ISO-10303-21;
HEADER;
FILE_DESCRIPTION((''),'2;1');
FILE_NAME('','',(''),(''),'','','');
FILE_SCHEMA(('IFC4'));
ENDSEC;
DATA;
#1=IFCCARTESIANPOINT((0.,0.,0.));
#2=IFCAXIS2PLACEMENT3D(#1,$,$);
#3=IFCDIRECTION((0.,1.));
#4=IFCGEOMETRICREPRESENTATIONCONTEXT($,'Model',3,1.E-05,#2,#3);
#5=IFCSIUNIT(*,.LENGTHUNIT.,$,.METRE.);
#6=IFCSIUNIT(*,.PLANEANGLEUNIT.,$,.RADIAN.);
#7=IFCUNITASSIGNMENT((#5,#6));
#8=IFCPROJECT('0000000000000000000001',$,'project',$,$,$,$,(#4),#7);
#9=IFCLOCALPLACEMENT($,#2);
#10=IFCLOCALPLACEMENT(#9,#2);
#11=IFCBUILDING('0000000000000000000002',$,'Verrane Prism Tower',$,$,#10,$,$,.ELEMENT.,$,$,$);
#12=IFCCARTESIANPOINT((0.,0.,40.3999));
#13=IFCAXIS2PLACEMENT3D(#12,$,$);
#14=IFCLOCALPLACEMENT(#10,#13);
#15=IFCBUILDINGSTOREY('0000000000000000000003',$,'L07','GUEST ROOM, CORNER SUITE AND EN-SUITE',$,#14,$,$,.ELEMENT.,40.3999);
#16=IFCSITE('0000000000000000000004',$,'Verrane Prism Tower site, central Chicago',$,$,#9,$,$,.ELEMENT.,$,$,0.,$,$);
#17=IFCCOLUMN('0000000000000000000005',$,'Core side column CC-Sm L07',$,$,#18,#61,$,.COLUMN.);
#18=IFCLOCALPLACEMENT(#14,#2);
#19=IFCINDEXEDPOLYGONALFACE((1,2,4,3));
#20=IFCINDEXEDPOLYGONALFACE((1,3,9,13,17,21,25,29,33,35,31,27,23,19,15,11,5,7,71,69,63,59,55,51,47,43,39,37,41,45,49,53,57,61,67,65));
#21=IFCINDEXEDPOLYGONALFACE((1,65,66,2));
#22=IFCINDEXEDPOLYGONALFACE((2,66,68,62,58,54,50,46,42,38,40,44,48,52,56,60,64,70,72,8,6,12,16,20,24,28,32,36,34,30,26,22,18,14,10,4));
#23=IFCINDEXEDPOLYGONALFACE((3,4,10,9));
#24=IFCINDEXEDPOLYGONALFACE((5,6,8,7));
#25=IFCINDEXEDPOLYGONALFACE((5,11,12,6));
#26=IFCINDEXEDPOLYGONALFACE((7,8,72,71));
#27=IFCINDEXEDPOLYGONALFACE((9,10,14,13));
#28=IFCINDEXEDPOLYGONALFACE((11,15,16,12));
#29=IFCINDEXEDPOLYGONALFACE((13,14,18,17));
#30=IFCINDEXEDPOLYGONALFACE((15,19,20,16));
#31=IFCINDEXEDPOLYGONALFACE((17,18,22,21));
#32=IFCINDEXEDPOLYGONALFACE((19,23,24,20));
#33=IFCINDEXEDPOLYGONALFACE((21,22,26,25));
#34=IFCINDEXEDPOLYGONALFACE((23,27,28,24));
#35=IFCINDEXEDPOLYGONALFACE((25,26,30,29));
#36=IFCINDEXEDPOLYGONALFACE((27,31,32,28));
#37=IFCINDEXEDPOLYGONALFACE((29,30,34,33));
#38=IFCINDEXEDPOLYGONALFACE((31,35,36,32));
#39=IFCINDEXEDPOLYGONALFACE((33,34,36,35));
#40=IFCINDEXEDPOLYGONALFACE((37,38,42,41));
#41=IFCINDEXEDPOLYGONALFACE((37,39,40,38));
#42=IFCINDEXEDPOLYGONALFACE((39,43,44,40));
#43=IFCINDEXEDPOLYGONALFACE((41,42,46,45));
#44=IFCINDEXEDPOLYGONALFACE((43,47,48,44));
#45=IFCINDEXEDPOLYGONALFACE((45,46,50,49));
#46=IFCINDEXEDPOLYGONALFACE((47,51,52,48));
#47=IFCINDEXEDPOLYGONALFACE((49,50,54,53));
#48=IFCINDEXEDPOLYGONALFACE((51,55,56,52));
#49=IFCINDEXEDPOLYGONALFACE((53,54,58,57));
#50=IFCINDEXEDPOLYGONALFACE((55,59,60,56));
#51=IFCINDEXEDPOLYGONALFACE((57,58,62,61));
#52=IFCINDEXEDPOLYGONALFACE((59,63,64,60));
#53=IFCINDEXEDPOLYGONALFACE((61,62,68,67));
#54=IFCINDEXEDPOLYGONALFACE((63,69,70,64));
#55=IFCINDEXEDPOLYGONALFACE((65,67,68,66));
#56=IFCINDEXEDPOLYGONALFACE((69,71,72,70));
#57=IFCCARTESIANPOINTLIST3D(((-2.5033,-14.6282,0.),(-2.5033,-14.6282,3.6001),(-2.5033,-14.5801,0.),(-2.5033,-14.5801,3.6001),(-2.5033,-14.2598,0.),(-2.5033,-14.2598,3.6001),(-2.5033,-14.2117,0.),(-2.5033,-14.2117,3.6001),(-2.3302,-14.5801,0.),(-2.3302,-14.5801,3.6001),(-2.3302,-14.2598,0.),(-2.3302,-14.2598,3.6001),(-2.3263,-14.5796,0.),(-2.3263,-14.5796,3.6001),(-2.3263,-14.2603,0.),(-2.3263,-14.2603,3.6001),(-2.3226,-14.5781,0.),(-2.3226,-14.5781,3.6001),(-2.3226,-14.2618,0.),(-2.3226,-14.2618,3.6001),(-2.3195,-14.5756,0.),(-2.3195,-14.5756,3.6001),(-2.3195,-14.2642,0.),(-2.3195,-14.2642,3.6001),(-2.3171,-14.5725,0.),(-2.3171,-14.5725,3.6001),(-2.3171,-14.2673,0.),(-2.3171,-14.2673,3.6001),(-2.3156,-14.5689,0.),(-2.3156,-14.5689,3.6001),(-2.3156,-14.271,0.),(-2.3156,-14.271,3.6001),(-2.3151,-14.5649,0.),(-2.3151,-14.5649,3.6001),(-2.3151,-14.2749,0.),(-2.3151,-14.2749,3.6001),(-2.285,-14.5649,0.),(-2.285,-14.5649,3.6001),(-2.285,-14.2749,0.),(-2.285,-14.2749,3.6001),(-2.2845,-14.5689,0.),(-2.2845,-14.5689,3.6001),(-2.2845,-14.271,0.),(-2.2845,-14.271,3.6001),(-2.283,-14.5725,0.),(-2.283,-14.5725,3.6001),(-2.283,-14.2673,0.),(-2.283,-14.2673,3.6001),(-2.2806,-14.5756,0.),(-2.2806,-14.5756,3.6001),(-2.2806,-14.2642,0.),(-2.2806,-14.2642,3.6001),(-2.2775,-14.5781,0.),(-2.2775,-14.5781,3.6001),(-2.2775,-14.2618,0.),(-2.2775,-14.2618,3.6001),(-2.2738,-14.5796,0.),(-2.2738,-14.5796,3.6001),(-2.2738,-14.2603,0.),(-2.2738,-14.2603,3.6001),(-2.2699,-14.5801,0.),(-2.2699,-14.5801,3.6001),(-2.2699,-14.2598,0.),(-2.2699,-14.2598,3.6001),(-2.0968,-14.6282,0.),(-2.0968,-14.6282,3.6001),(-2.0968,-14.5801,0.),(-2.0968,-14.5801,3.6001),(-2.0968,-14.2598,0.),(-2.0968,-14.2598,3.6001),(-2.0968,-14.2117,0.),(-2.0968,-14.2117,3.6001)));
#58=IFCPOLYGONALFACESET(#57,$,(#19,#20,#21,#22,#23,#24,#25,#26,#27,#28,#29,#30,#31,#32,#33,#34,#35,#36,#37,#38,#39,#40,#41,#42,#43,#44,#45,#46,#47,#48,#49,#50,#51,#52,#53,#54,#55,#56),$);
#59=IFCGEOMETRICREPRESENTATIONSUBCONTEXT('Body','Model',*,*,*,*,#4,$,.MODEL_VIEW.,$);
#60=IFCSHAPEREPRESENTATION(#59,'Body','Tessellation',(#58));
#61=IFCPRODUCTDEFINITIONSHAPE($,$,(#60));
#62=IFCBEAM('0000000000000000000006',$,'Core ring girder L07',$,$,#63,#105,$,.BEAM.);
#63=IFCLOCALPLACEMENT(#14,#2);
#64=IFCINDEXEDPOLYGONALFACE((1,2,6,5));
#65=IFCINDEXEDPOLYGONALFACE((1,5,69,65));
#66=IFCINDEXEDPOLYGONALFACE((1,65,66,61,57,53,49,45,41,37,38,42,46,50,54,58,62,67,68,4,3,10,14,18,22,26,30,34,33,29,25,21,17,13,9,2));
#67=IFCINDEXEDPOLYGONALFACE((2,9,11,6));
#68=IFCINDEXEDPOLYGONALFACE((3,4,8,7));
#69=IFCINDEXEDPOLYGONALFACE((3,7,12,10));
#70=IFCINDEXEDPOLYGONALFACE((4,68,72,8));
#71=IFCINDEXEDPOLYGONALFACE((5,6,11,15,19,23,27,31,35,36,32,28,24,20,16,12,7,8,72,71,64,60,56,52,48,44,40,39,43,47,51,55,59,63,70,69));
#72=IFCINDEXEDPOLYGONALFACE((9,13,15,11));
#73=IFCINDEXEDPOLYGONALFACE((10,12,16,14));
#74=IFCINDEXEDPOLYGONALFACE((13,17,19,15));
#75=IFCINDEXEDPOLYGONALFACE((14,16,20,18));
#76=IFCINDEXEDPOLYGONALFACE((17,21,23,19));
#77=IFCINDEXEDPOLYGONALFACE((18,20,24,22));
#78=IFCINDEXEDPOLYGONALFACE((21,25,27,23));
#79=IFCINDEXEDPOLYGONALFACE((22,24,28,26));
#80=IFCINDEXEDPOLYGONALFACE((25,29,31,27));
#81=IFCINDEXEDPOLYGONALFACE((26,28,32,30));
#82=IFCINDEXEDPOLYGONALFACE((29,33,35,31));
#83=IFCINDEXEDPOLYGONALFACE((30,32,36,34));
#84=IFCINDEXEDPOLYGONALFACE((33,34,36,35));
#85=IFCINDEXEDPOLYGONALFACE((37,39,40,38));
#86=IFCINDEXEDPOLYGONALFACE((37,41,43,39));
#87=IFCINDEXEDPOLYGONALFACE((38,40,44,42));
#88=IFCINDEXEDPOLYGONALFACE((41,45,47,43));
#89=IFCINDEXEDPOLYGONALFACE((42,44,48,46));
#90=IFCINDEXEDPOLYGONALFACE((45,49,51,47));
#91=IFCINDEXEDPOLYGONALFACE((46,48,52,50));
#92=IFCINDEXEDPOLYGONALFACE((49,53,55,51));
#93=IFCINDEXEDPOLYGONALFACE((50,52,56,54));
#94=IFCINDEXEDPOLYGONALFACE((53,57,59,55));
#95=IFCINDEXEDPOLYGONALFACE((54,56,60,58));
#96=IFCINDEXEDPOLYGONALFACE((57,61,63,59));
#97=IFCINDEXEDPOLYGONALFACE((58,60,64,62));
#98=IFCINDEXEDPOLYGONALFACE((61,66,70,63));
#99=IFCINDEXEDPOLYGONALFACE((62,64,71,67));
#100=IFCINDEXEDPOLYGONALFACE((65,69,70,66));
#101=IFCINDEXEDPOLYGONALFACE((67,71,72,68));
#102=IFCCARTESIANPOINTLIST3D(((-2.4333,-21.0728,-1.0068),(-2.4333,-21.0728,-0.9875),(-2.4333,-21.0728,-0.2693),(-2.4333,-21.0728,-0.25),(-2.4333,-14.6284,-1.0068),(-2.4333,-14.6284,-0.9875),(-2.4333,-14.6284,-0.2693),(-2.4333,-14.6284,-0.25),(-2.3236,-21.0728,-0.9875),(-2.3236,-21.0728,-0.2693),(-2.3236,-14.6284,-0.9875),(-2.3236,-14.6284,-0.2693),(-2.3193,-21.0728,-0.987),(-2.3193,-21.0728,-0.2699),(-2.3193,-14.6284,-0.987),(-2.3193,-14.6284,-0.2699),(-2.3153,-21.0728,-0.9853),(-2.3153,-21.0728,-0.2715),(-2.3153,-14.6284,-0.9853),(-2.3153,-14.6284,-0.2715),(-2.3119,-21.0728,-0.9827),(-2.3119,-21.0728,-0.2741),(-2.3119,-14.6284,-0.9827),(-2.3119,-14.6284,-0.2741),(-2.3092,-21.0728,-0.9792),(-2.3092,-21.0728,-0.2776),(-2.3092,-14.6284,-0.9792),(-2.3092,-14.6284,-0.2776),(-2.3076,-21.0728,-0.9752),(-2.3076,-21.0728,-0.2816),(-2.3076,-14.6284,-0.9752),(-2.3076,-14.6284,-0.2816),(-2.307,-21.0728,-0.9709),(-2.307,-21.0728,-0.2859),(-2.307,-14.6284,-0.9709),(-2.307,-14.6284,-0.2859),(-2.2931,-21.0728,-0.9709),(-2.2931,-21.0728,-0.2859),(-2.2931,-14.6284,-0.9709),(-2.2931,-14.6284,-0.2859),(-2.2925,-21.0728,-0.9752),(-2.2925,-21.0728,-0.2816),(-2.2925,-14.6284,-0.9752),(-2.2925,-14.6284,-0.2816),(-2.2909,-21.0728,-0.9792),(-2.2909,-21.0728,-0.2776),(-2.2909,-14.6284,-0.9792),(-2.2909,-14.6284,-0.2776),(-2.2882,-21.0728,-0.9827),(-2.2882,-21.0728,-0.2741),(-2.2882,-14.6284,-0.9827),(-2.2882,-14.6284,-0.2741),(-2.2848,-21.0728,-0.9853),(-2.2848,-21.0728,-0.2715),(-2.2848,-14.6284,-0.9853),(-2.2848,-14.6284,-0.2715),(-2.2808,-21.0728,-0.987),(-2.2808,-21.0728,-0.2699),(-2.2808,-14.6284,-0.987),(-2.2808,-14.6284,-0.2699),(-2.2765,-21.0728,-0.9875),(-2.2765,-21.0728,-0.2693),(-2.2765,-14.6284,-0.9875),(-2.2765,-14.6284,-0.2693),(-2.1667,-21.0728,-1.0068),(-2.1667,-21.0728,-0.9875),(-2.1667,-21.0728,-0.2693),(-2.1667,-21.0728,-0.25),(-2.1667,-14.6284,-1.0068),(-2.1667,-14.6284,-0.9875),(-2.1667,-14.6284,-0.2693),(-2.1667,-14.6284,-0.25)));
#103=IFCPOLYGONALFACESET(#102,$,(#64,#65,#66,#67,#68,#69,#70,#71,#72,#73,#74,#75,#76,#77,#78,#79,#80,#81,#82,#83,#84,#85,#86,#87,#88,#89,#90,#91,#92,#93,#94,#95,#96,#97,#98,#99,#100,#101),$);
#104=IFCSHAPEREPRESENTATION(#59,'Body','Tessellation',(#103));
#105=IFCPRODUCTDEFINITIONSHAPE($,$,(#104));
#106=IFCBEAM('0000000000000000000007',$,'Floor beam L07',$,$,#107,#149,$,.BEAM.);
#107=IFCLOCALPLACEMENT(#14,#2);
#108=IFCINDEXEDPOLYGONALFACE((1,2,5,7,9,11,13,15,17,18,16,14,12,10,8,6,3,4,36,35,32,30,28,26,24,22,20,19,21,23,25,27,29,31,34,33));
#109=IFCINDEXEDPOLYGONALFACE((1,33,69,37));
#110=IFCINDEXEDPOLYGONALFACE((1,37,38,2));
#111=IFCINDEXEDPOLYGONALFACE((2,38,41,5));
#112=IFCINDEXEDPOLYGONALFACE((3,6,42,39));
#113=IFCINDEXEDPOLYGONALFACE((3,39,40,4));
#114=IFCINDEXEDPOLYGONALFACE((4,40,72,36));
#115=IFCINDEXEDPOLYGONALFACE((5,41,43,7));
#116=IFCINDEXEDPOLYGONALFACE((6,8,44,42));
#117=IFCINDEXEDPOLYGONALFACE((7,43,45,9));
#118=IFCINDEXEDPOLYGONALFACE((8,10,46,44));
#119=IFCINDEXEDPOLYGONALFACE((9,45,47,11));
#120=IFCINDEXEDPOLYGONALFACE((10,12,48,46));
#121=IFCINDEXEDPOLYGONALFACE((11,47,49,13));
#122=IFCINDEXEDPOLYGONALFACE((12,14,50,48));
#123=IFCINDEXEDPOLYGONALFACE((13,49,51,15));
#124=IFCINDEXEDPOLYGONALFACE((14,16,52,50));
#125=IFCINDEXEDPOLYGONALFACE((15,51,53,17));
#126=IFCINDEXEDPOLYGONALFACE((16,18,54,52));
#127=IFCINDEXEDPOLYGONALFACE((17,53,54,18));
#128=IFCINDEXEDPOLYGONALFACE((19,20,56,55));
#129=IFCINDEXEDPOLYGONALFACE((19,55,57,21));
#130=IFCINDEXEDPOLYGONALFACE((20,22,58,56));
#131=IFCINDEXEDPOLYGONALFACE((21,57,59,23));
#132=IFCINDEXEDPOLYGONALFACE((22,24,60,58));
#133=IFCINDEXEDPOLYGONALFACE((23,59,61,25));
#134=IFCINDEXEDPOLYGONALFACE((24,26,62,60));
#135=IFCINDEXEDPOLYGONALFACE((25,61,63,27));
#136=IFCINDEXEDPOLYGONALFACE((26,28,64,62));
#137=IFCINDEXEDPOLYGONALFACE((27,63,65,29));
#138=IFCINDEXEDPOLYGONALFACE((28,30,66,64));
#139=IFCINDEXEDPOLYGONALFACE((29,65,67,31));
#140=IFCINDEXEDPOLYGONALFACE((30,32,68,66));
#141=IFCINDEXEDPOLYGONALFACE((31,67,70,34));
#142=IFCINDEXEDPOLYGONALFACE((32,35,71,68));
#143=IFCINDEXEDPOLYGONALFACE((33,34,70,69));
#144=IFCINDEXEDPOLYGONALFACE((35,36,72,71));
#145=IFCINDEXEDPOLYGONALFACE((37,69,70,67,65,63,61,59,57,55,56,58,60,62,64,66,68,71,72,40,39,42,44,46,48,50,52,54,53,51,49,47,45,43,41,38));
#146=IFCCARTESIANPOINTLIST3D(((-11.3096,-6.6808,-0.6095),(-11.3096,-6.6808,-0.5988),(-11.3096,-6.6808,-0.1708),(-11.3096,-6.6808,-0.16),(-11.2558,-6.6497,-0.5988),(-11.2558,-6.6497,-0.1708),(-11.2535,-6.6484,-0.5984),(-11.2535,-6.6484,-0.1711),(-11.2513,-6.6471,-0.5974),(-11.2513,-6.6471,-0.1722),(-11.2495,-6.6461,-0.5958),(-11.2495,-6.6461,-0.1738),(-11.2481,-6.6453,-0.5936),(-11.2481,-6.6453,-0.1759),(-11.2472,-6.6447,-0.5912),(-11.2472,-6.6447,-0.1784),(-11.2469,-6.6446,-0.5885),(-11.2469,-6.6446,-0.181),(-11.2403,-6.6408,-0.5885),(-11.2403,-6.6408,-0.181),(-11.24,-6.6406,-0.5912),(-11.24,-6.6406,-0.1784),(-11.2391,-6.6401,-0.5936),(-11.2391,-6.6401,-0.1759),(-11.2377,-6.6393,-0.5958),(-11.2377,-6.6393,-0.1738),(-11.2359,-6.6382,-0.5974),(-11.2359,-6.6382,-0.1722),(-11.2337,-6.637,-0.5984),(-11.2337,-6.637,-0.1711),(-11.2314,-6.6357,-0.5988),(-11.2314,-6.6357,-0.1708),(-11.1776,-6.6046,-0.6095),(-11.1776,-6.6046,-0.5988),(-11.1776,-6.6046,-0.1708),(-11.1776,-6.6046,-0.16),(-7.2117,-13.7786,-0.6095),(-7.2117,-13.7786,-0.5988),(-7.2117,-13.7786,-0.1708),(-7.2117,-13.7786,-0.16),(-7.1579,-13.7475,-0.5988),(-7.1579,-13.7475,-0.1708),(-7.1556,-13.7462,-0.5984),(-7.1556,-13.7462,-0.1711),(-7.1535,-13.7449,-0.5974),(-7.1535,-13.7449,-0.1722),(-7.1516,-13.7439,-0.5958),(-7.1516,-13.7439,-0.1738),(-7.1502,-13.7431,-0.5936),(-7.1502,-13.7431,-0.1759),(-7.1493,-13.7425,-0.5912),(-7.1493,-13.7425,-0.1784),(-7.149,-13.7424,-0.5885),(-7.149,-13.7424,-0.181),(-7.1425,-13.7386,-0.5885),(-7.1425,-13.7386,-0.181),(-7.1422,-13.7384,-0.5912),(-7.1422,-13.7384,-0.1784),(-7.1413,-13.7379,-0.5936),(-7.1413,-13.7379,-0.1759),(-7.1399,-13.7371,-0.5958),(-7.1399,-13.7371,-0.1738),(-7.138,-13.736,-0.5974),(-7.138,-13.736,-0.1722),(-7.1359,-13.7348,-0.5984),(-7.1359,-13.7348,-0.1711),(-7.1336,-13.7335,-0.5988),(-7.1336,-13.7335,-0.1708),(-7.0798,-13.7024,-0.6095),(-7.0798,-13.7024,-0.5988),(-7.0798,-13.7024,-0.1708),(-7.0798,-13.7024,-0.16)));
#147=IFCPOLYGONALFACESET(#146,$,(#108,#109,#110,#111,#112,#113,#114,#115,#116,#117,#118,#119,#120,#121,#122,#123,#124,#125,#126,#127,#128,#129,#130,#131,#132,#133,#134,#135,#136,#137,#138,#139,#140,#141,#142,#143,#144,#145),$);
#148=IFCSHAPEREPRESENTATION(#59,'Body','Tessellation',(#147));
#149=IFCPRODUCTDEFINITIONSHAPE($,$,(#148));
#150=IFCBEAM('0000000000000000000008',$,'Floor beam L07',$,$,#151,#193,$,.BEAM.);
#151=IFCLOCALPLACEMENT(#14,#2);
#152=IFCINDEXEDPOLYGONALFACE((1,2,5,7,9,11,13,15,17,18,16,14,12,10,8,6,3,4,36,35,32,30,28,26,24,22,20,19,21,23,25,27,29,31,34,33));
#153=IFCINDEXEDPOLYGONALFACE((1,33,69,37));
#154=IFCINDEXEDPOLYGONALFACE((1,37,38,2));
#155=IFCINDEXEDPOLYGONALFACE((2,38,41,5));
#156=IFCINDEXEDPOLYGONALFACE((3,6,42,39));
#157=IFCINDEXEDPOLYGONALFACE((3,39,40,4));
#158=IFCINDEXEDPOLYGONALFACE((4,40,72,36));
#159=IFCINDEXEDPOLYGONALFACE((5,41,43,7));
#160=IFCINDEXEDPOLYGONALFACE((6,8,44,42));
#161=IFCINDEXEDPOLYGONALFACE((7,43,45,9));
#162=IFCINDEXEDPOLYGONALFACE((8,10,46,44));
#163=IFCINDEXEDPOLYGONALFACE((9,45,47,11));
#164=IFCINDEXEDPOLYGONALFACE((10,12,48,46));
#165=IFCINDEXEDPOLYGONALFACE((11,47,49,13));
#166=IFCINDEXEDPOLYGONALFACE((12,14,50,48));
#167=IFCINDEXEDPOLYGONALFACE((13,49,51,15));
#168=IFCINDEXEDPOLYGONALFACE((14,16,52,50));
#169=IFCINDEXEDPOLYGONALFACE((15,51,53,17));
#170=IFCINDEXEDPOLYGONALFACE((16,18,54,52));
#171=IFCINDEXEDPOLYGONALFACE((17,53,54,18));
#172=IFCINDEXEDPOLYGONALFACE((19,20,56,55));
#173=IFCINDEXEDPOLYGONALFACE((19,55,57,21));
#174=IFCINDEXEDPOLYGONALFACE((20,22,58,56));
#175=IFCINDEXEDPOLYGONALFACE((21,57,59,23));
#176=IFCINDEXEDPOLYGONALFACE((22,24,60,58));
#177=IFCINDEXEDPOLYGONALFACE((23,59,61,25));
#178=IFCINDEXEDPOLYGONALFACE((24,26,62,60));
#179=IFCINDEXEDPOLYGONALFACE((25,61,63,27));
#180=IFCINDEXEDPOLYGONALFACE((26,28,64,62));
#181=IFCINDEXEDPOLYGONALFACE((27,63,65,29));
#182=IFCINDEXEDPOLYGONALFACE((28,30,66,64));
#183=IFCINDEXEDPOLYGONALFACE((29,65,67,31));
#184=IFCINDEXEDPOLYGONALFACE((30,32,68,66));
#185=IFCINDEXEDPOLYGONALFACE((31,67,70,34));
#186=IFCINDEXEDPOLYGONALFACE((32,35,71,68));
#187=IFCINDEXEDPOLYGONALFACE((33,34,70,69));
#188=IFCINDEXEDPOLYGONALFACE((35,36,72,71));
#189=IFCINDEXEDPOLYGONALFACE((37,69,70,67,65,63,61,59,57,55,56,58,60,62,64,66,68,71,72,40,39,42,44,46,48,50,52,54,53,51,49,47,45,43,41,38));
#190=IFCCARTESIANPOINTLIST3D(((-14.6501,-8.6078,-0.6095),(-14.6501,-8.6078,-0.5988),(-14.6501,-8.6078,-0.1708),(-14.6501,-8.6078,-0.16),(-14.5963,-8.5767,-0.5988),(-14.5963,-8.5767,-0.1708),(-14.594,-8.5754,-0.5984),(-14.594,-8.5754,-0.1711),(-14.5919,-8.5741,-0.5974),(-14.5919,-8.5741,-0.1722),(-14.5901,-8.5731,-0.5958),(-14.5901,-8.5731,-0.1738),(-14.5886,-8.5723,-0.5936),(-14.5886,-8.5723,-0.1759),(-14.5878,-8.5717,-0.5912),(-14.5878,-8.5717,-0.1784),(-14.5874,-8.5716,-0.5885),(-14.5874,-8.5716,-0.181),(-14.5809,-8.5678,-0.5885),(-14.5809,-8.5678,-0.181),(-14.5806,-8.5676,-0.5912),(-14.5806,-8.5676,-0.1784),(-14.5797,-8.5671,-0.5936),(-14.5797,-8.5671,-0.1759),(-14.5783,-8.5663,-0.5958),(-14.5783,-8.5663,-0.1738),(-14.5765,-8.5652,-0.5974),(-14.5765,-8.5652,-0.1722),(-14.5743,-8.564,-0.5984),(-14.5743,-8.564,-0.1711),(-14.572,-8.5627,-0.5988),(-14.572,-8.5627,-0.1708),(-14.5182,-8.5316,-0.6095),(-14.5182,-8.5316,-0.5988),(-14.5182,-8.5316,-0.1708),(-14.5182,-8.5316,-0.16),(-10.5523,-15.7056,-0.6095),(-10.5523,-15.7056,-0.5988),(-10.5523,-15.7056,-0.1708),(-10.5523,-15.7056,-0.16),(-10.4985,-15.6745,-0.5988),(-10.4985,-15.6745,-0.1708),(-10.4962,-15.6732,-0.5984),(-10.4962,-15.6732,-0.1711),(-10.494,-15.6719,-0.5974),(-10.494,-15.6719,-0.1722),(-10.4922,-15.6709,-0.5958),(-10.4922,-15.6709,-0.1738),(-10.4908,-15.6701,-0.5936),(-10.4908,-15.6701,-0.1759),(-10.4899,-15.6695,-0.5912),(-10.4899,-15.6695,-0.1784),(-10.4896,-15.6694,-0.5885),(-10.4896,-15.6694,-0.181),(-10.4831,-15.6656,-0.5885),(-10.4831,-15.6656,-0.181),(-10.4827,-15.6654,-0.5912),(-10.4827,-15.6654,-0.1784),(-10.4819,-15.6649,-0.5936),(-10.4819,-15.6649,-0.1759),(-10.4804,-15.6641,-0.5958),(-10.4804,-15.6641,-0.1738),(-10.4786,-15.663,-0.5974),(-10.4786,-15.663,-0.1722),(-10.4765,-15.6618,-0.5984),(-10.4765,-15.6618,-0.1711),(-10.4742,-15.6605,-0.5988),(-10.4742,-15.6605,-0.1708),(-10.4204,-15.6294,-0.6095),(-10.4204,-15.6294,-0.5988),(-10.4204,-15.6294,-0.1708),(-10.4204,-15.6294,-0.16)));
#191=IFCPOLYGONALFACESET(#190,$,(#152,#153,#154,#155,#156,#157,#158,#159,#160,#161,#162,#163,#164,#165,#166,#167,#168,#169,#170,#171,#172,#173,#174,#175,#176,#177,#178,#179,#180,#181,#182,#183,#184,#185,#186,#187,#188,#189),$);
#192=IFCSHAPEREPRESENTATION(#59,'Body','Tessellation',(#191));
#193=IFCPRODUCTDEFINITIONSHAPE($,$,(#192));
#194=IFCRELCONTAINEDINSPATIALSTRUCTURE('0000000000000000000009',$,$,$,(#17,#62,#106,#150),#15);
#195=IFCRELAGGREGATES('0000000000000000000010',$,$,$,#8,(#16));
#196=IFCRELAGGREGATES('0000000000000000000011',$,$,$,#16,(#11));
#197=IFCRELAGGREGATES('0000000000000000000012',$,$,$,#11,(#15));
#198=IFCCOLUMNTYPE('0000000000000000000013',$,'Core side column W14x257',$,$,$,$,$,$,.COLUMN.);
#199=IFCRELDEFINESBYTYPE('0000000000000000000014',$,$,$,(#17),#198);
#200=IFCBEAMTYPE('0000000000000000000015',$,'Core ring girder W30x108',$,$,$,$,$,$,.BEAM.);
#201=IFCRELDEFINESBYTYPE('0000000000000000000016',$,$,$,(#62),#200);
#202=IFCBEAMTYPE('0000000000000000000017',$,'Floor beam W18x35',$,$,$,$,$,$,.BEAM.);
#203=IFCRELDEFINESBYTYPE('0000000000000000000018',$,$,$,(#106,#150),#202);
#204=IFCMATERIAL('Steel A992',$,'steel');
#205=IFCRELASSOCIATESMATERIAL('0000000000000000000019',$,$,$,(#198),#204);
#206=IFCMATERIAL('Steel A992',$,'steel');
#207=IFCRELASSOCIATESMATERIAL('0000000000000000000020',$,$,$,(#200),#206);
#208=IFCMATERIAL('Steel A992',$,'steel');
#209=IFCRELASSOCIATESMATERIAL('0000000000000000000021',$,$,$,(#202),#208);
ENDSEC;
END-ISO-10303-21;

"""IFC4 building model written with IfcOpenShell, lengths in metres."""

from ifc_helpers import new_model, si_unit, direction, frame, origin, origin_2d, place, context, subcontext, project, spatial, i_section, extrude, material, material_profile, profile_set, type_object, element, save


model = new_model("IFC4")

# Units and contexts
model_context = context("Model", 3, precision=1e-05, world=origin(), true_north=direction((0.0, 1.0)))
body_context = subcontext(model_context, "Body", "Model", "MODEL_VIEW")
ifc_project = project(units=[si_unit("LENGTHUNIT", "METRE"), si_unit("PLANEANGLEUNIT", "RADIAN")], contexts=[model_context])

# Site, building, storey
site_placement = place(None, origin())
site = spatial("IfcSite", under=ifc_project, at=site_placement, Name="Verrane Prism Tower site, central Chicago", CompositionType="ELEMENT", RefElevation=0.0)
building_placement = place(site_placement, origin())
building = spatial("IfcBuilding", under=site, at=building_placement, Name="Verrane Prism Tower", CompositionType="ELEMENT")
storey_placement = place(building_placement, frame((0.0, 0.0, 40.3999)))
storey = spatial("IfcBuildingStorey", under=building, at=storey_placement, Name="L07", Description="GUEST ROOM, CORNER SUITE AND EN-SUITE", CompositionType="ELEMENT", Elevation=40.3999)

# Column
ifc_material_1 = material(Name="Steel A992", Category="steel")
ifc_material_profile_1 = material_profile(ifc_material_1, i_section(OverallWidth=0.4065, OverallDepth=0.4165, WebThickness=0.03, FlangeThickness=0.0481, FilletRadius=0.0151, at=origin_2d()), Name="W14x257")
ifc_profile_set_1 = profile_set([ifc_material_profile_1], Name="Steel A992")
column_type = type_object("IfcColumnType", Name="Core side column W14x257", PredefinedType="COLUMN", material=ifc_profile_set_1)
column_placement = place(storey_placement, frame((-2.3, -14.4199, 0.0), z_axis=(0.0, 0.0, 1.0), x_axis=(1.0, 0.0, 0.0)))
element("IfcColumn", 1, at=column_placement, inside=storey, type_object=column_type, Name="Core side column CC-Sm L07", PredefinedType="COLUMN", context=body_context, shape_type="SweptSolid", body=[
    extrude(i_section(OverallWidth=0.4065, OverallDepth=0.4165, WebThickness=0.03, FlangeThickness=0.0481, FilletRadius=0.0151, at=origin_2d()), origin(), (0.0, 0.0, 1.0), 3.6001),
])

# Beams
ifc_material_2 = material(Name="Steel A992", Category="steel")
ifc_material_profile_2 = material_profile(ifc_material_2, i_section(OverallWidth=0.2666, OverallDepth=0.7568, WebThickness=0.0139, FlangeThickness=0.0193, FilletRadius=0.0166, at=origin_2d()), Name="W30x108")
ifc_profile_set_2 = profile_set([ifc_material_profile_2], Name="Steel A992")
beam_type_1 = type_object("IfcBeamType", Name="Core ring girder W30x108", PredefinedType="BEAM", material=ifc_profile_set_2)
beam_placement = place(storey_placement, frame((-2.3, -14.6284, -0.6284), z_axis=(0.0, -1.0, 0.0), x_axis=(1.0, 0.0, 0.0)))
element("IfcBeam", 2, at=beam_placement, inside=storey, type_object=beam_type_1, Name="Core ring girder L07", PredefinedType="BEAM", context=body_context, shape_type="SweptSolid", body=[
    extrude(i_section(OverallWidth=0.2666, OverallDepth=0.7568, WebThickness=0.0139, FlangeThickness=0.0193, FilletRadius=0.0166, at=origin_2d()), origin(), (0.0, 0.0, 1.0), 6.4443),
])
ifc_material_3 = material(Name="Steel A992", Category="steel")
ifc_material_profile_3 = material_profile(ifc_material_3, i_section(OverallWidth=0.1523, OverallDepth=0.4495, WebThickness=0.0076, FlangeThickness=0.0107, FilletRadius=0.0103, at=origin_2d()), Name="W18x35")
ifc_profile_set_3 = profile_set([ifc_material_profile_3], Name="Steel A992")
beam_type_2 = type_object("IfcBeamType", Name="Floor beam W18x35", PredefinedType="BEAM", material=ifc_profile_set_3)
for number, where, z_axis, x_axis, name in (
    (3, (-7.1458, -13.7405, -0.3848), (-0.499993, 0.866029, 0.0), (-0.866029, -0.499993, 0.0), "Floor beam L07"),
    (4, (-10.4863, -15.6675, -0.3848), (-0.499993, 0.866029, 0.0), (-0.866029, -0.499993, 0.0), "Floor beam L07"),
):
    element("IfcBeam", number, at=place(storey_placement, frame(where, z_axis=z_axis, x_axis=x_axis)), inside=storey, type_object=beam_type_2, Name=name, PredefinedType="BEAM", context=body_context, shape_type="SweptSolid", body=[
        extrude(i_section(OverallWidth=0.1523, OverallDepth=0.4495, WebThickness=0.0076, FlangeThickness=0.0107, FilletRadius=0.0103, at=origin_2d()), origin(), (0.0, 0.0, 1.0), 8.1958),
    ])

save(model, "model.ifc")
